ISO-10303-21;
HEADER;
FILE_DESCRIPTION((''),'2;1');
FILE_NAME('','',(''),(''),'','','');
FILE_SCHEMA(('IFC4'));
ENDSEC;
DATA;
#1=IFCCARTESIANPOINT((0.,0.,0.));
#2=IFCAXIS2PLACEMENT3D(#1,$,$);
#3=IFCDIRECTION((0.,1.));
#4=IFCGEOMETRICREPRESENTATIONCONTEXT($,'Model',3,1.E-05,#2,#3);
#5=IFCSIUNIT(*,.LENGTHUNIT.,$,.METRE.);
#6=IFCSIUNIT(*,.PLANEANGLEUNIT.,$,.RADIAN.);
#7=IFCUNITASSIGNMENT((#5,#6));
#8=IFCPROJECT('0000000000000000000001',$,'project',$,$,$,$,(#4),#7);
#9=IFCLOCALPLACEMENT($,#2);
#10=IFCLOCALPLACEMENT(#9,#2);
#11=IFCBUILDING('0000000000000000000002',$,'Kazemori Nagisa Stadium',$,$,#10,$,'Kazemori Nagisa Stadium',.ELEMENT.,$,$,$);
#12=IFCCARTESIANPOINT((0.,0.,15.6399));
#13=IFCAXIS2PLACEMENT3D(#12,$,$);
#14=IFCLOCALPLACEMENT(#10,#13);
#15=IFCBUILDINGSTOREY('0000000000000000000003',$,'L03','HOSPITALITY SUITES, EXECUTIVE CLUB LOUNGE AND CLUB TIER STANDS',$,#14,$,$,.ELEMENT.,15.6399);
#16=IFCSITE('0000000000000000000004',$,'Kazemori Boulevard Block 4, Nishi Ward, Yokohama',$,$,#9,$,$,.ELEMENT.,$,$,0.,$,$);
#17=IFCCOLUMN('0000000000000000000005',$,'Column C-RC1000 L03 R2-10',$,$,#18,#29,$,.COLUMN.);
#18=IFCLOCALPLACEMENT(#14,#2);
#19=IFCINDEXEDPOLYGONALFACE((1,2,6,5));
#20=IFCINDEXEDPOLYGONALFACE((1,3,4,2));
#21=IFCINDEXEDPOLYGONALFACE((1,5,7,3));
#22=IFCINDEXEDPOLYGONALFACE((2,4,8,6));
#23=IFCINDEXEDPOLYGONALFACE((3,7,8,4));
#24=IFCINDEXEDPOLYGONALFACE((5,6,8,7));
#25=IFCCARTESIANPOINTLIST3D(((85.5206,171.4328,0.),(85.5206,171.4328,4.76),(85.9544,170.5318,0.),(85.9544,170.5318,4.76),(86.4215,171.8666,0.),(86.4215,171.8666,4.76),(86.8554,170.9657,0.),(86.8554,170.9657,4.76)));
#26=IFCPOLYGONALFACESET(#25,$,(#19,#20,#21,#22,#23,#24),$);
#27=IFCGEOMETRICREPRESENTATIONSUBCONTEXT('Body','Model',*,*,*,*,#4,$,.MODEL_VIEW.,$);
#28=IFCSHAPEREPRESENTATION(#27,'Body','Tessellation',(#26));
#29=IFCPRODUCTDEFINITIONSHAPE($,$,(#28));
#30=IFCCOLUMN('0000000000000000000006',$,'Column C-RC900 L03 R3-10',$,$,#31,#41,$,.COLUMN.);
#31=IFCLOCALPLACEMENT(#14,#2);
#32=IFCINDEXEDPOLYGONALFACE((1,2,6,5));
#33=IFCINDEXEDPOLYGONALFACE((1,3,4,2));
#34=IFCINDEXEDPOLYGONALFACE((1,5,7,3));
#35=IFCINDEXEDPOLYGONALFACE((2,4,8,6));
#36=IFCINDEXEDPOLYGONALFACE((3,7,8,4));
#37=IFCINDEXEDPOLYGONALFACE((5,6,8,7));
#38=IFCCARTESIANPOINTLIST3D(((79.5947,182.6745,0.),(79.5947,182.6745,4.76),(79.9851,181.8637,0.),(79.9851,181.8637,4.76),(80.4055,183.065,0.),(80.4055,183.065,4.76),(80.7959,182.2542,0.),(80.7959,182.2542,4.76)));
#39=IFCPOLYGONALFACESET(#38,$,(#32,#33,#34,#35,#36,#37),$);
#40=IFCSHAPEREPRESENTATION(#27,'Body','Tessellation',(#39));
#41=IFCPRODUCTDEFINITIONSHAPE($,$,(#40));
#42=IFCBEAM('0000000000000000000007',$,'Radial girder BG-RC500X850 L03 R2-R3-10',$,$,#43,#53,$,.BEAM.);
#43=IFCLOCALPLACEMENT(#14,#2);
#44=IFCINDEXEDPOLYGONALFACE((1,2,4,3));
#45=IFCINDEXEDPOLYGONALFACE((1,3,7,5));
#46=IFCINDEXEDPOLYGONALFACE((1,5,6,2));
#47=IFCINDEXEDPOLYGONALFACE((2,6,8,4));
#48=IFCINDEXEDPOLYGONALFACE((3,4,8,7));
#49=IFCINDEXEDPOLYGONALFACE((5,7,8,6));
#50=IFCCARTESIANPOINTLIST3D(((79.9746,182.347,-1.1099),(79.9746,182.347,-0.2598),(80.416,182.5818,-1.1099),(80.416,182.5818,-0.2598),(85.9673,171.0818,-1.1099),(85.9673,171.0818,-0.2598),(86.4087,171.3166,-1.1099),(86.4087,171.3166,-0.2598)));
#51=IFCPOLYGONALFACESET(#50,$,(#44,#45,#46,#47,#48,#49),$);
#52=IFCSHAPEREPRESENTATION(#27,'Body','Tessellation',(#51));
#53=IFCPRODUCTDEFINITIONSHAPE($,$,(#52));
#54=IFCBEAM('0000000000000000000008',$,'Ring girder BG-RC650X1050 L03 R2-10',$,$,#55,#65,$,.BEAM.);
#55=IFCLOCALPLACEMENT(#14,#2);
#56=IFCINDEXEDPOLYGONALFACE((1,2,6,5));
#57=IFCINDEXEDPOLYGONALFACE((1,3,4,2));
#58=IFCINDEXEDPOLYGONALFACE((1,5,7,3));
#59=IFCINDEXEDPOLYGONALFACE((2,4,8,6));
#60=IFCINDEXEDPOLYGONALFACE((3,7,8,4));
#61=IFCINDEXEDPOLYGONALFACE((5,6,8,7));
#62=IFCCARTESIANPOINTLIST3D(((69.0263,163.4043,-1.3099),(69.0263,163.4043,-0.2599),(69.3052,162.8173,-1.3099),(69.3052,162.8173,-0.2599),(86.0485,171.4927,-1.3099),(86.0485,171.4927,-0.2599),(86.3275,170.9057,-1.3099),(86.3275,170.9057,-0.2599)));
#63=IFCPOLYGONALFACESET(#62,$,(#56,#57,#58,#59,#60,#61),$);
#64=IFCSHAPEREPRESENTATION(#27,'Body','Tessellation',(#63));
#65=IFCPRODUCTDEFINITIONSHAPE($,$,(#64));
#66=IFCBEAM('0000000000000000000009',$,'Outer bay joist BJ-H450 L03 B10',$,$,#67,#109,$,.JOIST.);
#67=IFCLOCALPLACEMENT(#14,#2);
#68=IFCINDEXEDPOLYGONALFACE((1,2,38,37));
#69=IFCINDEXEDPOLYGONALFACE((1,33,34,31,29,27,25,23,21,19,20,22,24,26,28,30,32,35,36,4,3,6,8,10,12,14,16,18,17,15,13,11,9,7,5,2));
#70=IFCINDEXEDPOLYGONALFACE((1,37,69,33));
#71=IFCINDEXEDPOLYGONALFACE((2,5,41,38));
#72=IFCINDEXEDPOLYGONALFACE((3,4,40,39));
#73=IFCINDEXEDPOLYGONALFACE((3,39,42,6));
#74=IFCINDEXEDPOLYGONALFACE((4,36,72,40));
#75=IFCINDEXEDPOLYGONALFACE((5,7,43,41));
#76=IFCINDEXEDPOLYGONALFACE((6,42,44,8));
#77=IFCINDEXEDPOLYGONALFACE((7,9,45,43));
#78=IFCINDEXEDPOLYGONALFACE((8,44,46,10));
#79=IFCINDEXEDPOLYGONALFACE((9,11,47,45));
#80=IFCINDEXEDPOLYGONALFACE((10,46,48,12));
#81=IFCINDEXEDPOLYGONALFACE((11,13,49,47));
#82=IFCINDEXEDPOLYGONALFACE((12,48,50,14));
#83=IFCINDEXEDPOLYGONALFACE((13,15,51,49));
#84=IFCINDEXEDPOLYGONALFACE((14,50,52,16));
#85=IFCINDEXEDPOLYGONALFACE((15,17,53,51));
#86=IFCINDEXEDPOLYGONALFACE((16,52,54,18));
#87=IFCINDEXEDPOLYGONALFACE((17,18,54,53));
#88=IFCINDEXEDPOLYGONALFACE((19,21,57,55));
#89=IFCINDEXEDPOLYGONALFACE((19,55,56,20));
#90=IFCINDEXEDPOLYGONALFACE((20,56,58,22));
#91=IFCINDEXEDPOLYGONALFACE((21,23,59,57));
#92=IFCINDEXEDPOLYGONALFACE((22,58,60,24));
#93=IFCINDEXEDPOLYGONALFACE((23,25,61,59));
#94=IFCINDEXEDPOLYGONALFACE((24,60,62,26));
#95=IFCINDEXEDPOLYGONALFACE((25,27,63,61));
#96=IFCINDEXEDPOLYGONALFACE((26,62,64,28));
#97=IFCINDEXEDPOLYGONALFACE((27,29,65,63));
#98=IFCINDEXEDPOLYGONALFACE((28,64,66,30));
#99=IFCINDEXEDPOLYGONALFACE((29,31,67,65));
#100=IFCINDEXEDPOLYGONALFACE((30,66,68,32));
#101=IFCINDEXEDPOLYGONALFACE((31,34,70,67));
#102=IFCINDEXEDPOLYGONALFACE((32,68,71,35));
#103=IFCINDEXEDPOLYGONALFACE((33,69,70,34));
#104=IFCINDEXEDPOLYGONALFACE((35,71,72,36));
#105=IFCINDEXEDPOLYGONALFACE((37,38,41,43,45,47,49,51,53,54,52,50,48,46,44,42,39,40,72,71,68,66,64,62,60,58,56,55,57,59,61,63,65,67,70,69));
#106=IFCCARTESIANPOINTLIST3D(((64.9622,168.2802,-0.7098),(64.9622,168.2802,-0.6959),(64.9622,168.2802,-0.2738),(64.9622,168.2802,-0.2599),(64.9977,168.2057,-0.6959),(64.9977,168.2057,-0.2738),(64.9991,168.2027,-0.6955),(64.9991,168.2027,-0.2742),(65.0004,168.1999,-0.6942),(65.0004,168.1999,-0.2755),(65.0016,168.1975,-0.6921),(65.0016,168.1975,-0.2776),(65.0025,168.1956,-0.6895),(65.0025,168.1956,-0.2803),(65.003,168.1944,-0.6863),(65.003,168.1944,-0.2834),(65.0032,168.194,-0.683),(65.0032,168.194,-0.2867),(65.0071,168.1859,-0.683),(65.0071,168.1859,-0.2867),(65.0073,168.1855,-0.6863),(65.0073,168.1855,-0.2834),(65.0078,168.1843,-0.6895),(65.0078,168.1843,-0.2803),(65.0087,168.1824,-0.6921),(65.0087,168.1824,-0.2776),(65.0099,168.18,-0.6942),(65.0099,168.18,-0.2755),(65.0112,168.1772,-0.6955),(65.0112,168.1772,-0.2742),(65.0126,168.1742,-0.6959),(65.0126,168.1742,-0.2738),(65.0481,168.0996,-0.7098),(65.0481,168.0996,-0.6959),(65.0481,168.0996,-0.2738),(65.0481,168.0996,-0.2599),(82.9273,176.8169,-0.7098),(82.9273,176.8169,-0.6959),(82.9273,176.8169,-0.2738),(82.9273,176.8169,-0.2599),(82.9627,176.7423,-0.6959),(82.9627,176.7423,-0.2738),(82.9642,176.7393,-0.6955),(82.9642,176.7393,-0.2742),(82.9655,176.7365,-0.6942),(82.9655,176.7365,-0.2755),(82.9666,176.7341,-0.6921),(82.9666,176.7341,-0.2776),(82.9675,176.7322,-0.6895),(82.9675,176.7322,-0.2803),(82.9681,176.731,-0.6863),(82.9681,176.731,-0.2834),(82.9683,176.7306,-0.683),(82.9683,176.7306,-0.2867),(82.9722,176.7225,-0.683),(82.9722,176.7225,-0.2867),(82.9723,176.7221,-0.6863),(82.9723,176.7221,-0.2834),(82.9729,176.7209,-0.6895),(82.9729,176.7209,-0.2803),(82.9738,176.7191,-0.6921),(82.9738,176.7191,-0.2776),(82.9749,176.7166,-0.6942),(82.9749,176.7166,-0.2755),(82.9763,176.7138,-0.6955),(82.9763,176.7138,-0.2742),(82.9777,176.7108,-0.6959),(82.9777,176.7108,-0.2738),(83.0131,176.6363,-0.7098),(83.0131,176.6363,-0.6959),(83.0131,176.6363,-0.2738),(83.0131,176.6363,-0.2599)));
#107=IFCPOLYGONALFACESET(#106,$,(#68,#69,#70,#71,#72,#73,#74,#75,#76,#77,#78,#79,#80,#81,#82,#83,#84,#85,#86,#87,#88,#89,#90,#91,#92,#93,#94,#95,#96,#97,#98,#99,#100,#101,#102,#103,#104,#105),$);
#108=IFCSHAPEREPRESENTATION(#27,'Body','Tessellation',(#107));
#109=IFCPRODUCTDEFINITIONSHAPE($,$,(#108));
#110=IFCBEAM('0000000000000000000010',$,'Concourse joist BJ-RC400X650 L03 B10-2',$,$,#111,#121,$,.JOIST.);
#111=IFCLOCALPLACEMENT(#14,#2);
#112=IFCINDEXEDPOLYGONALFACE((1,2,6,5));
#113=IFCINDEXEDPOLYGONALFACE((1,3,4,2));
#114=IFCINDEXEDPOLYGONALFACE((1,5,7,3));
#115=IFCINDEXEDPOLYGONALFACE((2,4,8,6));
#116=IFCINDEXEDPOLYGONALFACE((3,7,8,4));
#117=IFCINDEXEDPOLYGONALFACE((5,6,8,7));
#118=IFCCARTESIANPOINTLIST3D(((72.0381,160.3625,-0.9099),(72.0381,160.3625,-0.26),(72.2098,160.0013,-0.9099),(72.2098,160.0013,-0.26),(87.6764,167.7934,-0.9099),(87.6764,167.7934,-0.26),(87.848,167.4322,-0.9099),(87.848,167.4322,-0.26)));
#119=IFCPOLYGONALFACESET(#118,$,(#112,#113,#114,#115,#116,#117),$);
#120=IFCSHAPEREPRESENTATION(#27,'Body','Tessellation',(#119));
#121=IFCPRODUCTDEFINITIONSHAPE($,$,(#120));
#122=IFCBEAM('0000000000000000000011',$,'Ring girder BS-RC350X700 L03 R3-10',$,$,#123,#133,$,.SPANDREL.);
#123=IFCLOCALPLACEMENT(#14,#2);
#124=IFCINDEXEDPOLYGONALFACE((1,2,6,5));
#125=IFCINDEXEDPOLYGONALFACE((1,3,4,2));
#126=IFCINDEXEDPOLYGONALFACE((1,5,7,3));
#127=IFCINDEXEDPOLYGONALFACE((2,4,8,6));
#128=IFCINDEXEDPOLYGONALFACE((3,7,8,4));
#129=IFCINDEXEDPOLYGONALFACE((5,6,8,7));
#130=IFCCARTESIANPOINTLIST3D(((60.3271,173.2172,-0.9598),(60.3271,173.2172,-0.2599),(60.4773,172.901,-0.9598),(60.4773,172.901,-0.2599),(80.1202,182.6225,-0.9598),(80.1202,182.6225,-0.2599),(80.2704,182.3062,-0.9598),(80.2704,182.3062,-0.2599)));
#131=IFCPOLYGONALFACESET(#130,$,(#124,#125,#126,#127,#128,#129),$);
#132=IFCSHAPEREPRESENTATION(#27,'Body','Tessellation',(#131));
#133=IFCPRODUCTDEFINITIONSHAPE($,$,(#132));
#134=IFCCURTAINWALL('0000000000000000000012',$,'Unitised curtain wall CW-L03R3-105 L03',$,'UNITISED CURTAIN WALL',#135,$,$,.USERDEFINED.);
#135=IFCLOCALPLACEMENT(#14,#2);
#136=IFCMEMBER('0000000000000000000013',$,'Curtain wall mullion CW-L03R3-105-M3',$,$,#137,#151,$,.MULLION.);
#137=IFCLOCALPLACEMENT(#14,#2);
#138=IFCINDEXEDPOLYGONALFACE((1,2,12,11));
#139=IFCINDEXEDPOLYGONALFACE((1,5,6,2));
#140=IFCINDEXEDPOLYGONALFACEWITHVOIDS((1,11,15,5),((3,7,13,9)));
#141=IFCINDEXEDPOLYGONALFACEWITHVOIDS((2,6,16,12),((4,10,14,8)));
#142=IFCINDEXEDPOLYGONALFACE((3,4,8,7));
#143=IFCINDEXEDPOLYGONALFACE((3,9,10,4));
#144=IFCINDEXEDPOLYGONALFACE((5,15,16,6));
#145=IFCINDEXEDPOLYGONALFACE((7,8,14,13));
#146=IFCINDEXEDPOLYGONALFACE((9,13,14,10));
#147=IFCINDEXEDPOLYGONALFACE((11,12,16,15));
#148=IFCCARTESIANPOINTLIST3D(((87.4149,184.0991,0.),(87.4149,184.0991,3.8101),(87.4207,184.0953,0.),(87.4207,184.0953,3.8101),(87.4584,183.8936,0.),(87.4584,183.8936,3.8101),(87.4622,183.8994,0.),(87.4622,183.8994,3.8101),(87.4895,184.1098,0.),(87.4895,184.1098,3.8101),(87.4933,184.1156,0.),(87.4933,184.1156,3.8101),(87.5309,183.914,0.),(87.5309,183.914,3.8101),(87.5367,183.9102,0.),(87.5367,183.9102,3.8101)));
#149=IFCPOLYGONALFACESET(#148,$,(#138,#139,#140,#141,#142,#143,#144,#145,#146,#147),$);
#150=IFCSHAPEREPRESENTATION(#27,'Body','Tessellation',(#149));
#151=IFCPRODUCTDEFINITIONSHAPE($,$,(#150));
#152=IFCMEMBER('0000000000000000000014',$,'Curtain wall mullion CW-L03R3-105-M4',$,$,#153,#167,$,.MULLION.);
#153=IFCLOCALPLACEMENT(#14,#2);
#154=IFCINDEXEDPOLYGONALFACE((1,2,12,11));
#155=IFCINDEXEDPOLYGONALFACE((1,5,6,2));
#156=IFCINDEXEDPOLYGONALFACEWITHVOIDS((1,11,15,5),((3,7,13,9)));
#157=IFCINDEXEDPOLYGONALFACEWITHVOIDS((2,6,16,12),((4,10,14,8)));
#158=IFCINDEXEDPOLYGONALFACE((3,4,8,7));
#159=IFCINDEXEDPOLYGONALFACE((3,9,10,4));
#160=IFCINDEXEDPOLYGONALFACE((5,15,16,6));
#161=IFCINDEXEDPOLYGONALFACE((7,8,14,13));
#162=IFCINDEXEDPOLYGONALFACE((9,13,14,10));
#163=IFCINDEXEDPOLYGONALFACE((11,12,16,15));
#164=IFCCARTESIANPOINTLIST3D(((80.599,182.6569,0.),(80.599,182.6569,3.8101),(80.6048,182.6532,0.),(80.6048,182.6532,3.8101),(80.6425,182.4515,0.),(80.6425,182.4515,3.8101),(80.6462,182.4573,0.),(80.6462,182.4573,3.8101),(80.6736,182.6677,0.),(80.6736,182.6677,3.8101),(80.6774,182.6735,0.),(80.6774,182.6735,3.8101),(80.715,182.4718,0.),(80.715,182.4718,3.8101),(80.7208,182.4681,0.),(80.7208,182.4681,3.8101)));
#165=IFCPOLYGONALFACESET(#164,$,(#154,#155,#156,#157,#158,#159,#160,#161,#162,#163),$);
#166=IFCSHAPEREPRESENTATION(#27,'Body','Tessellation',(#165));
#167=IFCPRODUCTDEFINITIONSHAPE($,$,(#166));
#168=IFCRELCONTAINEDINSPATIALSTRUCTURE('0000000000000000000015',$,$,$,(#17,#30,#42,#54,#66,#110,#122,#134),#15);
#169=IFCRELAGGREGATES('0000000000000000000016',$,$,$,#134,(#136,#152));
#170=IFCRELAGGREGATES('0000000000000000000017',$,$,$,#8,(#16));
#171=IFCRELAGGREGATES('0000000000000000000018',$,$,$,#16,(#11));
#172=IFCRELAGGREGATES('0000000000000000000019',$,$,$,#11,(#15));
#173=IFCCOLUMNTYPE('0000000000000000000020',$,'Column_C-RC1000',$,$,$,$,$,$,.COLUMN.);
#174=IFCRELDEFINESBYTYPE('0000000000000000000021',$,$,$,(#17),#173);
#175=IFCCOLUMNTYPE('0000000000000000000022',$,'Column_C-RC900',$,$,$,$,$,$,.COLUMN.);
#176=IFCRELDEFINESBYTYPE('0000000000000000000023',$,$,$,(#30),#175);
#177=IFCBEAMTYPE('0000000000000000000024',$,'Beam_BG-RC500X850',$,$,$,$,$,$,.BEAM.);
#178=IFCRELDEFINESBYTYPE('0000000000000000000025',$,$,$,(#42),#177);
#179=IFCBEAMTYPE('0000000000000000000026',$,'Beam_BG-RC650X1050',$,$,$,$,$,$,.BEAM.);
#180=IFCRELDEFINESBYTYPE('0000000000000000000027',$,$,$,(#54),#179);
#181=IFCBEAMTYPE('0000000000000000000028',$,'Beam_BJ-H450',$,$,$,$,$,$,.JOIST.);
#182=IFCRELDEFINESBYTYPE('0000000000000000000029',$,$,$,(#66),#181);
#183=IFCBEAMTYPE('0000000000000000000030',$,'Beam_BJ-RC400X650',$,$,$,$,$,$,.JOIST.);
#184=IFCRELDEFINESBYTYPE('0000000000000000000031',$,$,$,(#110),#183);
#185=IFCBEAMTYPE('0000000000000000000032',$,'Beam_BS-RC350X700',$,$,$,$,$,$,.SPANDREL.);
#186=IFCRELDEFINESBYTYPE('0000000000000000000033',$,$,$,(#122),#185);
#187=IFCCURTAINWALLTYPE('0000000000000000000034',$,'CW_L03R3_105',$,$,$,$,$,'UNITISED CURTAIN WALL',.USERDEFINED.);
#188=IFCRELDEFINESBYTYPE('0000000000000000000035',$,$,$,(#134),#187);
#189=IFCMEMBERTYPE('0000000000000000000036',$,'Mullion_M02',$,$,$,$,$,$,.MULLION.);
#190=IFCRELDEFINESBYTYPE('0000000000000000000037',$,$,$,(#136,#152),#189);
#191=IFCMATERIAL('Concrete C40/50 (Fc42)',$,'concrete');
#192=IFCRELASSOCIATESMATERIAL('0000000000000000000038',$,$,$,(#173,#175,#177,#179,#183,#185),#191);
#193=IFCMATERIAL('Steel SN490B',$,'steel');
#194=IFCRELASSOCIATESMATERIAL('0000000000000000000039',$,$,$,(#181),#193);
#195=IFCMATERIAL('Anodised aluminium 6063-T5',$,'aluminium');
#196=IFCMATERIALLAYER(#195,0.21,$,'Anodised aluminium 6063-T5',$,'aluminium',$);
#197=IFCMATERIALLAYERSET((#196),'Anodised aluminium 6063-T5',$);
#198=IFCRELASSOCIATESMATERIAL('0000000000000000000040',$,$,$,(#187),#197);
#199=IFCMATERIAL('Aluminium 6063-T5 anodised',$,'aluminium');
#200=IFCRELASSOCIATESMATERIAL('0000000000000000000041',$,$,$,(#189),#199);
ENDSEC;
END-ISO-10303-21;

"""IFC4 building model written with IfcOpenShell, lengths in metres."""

from ifc_helpers import new_model, si_unit, direction, frame, origin, origin_2d, place, context, subcontext, project, spatial, rectangle, hollow_rectangle, i_section, extrude, material, layer, layer_set, material_profile, profile_set, type_object, element, aggregate, save


model = new_model("IFC4")

# Units and contexts
model_context = context("Model", 3, precision=1e-05, world=origin(), true_north=direction((0.0, 1.0)))
body_context = subcontext(model_context, "Body", "Model", "MODEL_VIEW")
ifc_project = project(units=[si_unit("LENGTHUNIT", "METRE"), si_unit("PLANEANGLEUNIT", "RADIAN")], contexts=[model_context])

# Site, building, storey
site_placement = place(None, origin())
site = spatial("IfcSite", under=ifc_project, at=site_placement, Name="Kazemori Boulevard Block 4, Nishi Ward, Yokohama", CompositionType="ELEMENT", RefElevation=0.0)
building_placement = place(site_placement, origin())
building = spatial("IfcBuilding", under=site, at=building_placement, Name="Kazemori Nagisa Stadium", LongName="Kazemori Nagisa Stadium", CompositionType="ELEMENT")
storey_placement = place(building_placement, frame((0.0, 0.0, 15.6399)))
storey = spatial("IfcBuildingStorey", under=building, at=storey_placement, Name="L03", Description="HOSPITALITY SUITES, EXECUTIVE CLUB LOUNGE AND CLUB TIER STANDS", CompositionType="ELEMENT", Elevation=15.6399)

# Columns
ifc_material_1 = material(Name="Concrete C40/50 (Fc42)", Category="concrete")
ifc_material_profile_1 = material_profile(ifc_material_1, rectangle(XDim=1.0, YDim=1.0, at=origin_2d()), Name="RC-COL-1000x1000")
ifc_profile_set_1 = profile_set([ifc_material_profile_1], Name="Concrete C40/50 (Fc42)")
column_type_1 = type_object("IfcColumnType", Name="Column_C-RC1000", PredefinedType="COLUMN", material=ifc_profile_set_1)
column_1_placement = place(storey_placement, frame((86.188, 171.1992, 0.0), z_axis=(0.0, 0.0, 1.0), x_axis=(-0.433884, 0.900969, 0.0)))
element("IfcColumn", 1, at=column_1_placement, inside=storey, type_object=column_type_1, Name="Column C-RC1000 L03 R2-10", PredefinedType="COLUMN", context=body_context, shape_type="SweptSolid", body=[
    extrude(rectangle(XDim=1.0, YDim=1.0, at=origin_2d()), origin(), (0.0, 0.0, 1.0), 4.76),
])
ifc_material_profile_2 = material_profile(ifc_material_1, rectangle(XDim=0.8999, YDim=0.8999, at=origin_2d()), Name="RC-COL-900x900")
ifc_profile_set_2 = profile_set([ifc_material_profile_2], Name="Concrete C40/50 (Fc42)")
column_type_2 = type_object("IfcColumnType", Name="Column_C-RC900", PredefinedType="COLUMN", material=ifc_profile_set_2)
column_2_placement = place(storey_placement, frame((80.1953, 182.4644, 0.0), z_axis=(0.0, 0.0, 1.0), x_axis=(-0.433884, 0.900969, 0.0)))
element("IfcColumn", 2, at=column_2_placement, inside=storey, type_object=column_type_2, Name="Column C-RC900 L03 R3-10", PredefinedType="COLUMN", context=body_context, shape_type="SweptSolid", body=[
    extrude(rectangle(XDim=0.8999, YDim=0.8999, at=origin_2d()), origin(), (0.0, 0.0, 1.0), 4.76),
])

# Beams
ifc_material_profile_3 = material_profile(ifc_material_1, rectangle(XDim=0.5, YDim=0.8501, at=origin_2d()), Name="RC-BM-500x850")
ifc_profile_set_3 = profile_set([ifc_material_profile_3], Name="Concrete C40/50 (Fc42)")
beam_type_1 = type_object("IfcBeamType", Name="Beam_BG-RC500X850", PredefinedType="BEAM", material=ifc_profile_set_3)
beam_1_placement = place(storey_placement, frame((86.188, 171.1992, -0.6848), z_axis=(-0.469649, 0.882853, 0.0), x_axis=(-0.882853, -0.469649, 0.0)))
element("IfcBeam", 3, at=beam_1_placement, inside=storey, type_object=beam_type_1, Name="Radial girder BG-RC500X850 L03 R2-R3-10", PredefinedType="BEAM", context=body_context, shape_type="SweptSolid", body=[
    extrude(rectangle(XDim=0.5, YDim=0.8501, at=origin_2d()), origin(), (0.0, 0.0, 1.0), 12.76),
])
ifc_material_profile_4 = material_profile(ifc_material_1, rectangle(XDim=0.6499, YDim=1.05, at=origin_2d()), Name="RC-BM-650x1050")
ifc_profile_set_4 = profile_set([ifc_material_profile_4], Name="Concrete C40/50 (Fc42)")
beam_type_2 = type_object("IfcBeamType", Name="Beam_BG-RC650X1050", PredefinedType="BEAM", material=ifc_profile_set_4)
beam_2_placement = place(storey_placement, frame((86.188, 171.1992, -0.7849), z_axis=(-0.903219, -0.429179, 0.0), x_axis=(0.429179, -0.903219, 0.0)))
element("IfcBeam", 4, at=beam_2_placement, inside=storey, type_object=beam_type_2, Name="Ring girder BG-RC650X1050 L03 R2-10", PredefinedType="BEAM", context=body_context, shape_type="SweptSolid", body=[
    extrude(rectangle(XDim=0.6499, YDim=1.05, at=origin_2d()), origin(), (0.0, 0.0, 1.0), 18.8462),
])
ifc_material_2 = material(Name="Steel SN490B", Category="steel")
ifc_material_profile_5 = material_profile(ifc_material_2, i_section(OverallWidth=0.2, OverallDepth=0.45, WebThickness=0.009, FlangeThickness=0.0139, FilletRadius=0.0129, at=origin_2d()), Name="H-450x200x9x14")
ifc_profile_set_5 = profile_set([ifc_material_profile_5], Name="Steel SN490B")
beam_type_3 = type_object("IfcBeamType", Name="Beam_BJ-H450", PredefinedType="JOIST", material=ifc_profile_set_5)
beam_3_placement = place(storey_placement, frame((82.9702, 176.7266, -0.4849), z_axis=(-0.903215, -0.429188, 0.0), x_axis=(0.429188, -0.903215, 0.0)))
element("IfcBeam", 5, at=beam_3_placement, inside=storey, type_object=beam_type_3, Name="Outer bay joist BJ-H450 L03 B10", PredefinedType="JOIST", context=body_context, shape_type="SweptSolid", body=[
    extrude(i_section(OverallWidth=0.2, OverallDepth=0.45, WebThickness=0.009, FlangeThickness=0.0139, FilletRadius=0.0129, at=origin_2d()), origin(), (0.0, 0.0, 1.0), 19.8901),
])
ifc_material_profile_6 = material_profile(ifc_material_1, rectangle(XDim=0.3999, YDim=0.6499, at=origin_2d()), Name="RC-BM-400x650")
ifc_profile_set_6 = profile_set([ifc_material_profile_6], Name="Concrete C40/50 (Fc42)")
beam_type_4 = type_object("IfcBeamType", Name="Beam_BJ-RC400X650", PredefinedType="JOIST", material=ifc_profile_set_6)
beam_4_placement = place(storey_placement, frame((87.7622, 167.6128, -0.585), z_axis=(-0.903215, -0.429187, 0.0), x_axis=(0.429187, -0.903215, 0.0)))
element("IfcBeam", 6, at=beam_4_placement, inside=storey, type_object=beam_type_4, Name="Concourse joist BJ-RC400X650 L03 B10-2", PredefinedType="JOIST", context=body_context, shape_type="SweptSolid", body=[
    extrude(rectangle(XDim=0.3999, YDim=0.6499, at=origin_2d()), origin(), (0.0, 0.0, 1.0), 17.314),
])
ifc_material_profile_7 = material_profile(ifc_material_1, rectangle(XDim=0.3501, YDim=0.7, at=origin_2d()), Name="RC-SP-350x700")
ifc_profile_set_7 = profile_set([ifc_material_profile_7], Name="Concrete C40/50 (Fc42)")
beam_type_5 = type_object("IfcBeamType", Name="Beam_BS-RC350X700", PredefinedType="SPANDREL", material=ifc_profile_set_7)
beam_5_placement = place(storey_placement, frame((80.1953, 182.4644, -0.6099), z_axis=(-0.903216, -0.429187, 0.0), x_axis=(0.429187, -0.903216, 0.0)))
element("IfcBeam", 7, at=beam_5_placement, inside=storey, type_object=beam_type_5, Name="Ring girder BS-RC350X700 L03 R3-10", PredefinedType="SPANDREL", context=body_context, shape_type="SweptSolid", body=[
    extrude(rectangle(XDim=0.3501, YDim=0.7, at=origin_2d()), origin(), (0.0, 0.0, 1.0), 21.9141),
])

# Curtain wall, members
ifc_material_3 = material(Name="Anodised aluminium 6063-T5", Category="aluminium")
ifc_layer_1 = layer(ifc_material_3, 0.21, Name="Anodised aluminium 6063-T5", Category="aluminium")
ifc_layer_set_1 = layer_set([ifc_layer_1], Name="Anodised aluminium 6063-T5")
curtain_wall_type = type_object("IfcCurtainWallType", Name="CW_L03R3_105", ElementType="UNITISED CURTAIN WALL", PredefinedType="USERDEFINED", material=ifc_layer_set_1)
curtain_wall_1_placement = place(storey_placement, origin())
curtain_wall_1 = element("IfcCurtainWall", 8, at=curtain_wall_1_placement, inside=storey, type_object=curtain_wall_type, Name="Unitised curtain wall CW-L03R3-105 L03", ObjectType="UNITISED CURTAIN WALL", PredefinedType="USERDEFINED")
ifc_material_4 = material(Name="Aluminium 6063-T5 anodised", Category="aluminium")
ifc_material_profile_8 = material_profile(ifc_material_4, hollow_rectangle(XDim=0.0801, YDim=0.21, WallThickness=0.0049, at=origin_2d()), Name="ALU-MULL-80x210x5")
ifc_profile_set_8 = profile_set([ifc_material_profile_8], Name="Aluminium 6063-T5 anodised")
member_type_1 = type_object("IfcMemberType", Name="Mullion_M02", PredefinedType="MULLION", material=ifc_profile_set_8)
member_1_placement = place(storey_placement, frame((87.4758, 184.0046, 0.0), z_axis=(0.0, 0.0, 1.0), x_axis=(-0.978345, -0.206981, 0.0)))
member_1 = element("IfcMember", 9, at=member_1_placement, type_object=member_type_1, Name="Curtain wall mullion CW-L03R3-105-M3", PredefinedType="MULLION", context=body_context, shape_type="SweptSolid", body=[
    extrude(hollow_rectangle(XDim=0.0801, YDim=0.21, WallThickness=0.0049, at=origin_2d()), origin(), (0.0, 0.0, 1.0), 3.8101),
])
member_2_placement = place(storey_placement, frame((80.6599, 182.5625, 0.0), z_axis=(0.0, 0.0, 1.0), x_axis=(-0.978345, -0.206981, 0.0)))
member_2 = element("IfcMember", 10, at=member_2_placement, type_object=member_type_1, Name="Curtain wall mullion CW-L03R3-105-M4", PredefinedType="MULLION", context=body_context, shape_type="SweptSolid", body=[
    extrude(hollow_rectangle(XDim=0.0801, YDim=0.21, WallThickness=0.0049, at=origin_2d()), origin(), (0.0, 0.0, 1.0), 3.8101),
])

aggregate(curtain_wall_1, [member_1, member_2])

save(model, "model.ifc")
